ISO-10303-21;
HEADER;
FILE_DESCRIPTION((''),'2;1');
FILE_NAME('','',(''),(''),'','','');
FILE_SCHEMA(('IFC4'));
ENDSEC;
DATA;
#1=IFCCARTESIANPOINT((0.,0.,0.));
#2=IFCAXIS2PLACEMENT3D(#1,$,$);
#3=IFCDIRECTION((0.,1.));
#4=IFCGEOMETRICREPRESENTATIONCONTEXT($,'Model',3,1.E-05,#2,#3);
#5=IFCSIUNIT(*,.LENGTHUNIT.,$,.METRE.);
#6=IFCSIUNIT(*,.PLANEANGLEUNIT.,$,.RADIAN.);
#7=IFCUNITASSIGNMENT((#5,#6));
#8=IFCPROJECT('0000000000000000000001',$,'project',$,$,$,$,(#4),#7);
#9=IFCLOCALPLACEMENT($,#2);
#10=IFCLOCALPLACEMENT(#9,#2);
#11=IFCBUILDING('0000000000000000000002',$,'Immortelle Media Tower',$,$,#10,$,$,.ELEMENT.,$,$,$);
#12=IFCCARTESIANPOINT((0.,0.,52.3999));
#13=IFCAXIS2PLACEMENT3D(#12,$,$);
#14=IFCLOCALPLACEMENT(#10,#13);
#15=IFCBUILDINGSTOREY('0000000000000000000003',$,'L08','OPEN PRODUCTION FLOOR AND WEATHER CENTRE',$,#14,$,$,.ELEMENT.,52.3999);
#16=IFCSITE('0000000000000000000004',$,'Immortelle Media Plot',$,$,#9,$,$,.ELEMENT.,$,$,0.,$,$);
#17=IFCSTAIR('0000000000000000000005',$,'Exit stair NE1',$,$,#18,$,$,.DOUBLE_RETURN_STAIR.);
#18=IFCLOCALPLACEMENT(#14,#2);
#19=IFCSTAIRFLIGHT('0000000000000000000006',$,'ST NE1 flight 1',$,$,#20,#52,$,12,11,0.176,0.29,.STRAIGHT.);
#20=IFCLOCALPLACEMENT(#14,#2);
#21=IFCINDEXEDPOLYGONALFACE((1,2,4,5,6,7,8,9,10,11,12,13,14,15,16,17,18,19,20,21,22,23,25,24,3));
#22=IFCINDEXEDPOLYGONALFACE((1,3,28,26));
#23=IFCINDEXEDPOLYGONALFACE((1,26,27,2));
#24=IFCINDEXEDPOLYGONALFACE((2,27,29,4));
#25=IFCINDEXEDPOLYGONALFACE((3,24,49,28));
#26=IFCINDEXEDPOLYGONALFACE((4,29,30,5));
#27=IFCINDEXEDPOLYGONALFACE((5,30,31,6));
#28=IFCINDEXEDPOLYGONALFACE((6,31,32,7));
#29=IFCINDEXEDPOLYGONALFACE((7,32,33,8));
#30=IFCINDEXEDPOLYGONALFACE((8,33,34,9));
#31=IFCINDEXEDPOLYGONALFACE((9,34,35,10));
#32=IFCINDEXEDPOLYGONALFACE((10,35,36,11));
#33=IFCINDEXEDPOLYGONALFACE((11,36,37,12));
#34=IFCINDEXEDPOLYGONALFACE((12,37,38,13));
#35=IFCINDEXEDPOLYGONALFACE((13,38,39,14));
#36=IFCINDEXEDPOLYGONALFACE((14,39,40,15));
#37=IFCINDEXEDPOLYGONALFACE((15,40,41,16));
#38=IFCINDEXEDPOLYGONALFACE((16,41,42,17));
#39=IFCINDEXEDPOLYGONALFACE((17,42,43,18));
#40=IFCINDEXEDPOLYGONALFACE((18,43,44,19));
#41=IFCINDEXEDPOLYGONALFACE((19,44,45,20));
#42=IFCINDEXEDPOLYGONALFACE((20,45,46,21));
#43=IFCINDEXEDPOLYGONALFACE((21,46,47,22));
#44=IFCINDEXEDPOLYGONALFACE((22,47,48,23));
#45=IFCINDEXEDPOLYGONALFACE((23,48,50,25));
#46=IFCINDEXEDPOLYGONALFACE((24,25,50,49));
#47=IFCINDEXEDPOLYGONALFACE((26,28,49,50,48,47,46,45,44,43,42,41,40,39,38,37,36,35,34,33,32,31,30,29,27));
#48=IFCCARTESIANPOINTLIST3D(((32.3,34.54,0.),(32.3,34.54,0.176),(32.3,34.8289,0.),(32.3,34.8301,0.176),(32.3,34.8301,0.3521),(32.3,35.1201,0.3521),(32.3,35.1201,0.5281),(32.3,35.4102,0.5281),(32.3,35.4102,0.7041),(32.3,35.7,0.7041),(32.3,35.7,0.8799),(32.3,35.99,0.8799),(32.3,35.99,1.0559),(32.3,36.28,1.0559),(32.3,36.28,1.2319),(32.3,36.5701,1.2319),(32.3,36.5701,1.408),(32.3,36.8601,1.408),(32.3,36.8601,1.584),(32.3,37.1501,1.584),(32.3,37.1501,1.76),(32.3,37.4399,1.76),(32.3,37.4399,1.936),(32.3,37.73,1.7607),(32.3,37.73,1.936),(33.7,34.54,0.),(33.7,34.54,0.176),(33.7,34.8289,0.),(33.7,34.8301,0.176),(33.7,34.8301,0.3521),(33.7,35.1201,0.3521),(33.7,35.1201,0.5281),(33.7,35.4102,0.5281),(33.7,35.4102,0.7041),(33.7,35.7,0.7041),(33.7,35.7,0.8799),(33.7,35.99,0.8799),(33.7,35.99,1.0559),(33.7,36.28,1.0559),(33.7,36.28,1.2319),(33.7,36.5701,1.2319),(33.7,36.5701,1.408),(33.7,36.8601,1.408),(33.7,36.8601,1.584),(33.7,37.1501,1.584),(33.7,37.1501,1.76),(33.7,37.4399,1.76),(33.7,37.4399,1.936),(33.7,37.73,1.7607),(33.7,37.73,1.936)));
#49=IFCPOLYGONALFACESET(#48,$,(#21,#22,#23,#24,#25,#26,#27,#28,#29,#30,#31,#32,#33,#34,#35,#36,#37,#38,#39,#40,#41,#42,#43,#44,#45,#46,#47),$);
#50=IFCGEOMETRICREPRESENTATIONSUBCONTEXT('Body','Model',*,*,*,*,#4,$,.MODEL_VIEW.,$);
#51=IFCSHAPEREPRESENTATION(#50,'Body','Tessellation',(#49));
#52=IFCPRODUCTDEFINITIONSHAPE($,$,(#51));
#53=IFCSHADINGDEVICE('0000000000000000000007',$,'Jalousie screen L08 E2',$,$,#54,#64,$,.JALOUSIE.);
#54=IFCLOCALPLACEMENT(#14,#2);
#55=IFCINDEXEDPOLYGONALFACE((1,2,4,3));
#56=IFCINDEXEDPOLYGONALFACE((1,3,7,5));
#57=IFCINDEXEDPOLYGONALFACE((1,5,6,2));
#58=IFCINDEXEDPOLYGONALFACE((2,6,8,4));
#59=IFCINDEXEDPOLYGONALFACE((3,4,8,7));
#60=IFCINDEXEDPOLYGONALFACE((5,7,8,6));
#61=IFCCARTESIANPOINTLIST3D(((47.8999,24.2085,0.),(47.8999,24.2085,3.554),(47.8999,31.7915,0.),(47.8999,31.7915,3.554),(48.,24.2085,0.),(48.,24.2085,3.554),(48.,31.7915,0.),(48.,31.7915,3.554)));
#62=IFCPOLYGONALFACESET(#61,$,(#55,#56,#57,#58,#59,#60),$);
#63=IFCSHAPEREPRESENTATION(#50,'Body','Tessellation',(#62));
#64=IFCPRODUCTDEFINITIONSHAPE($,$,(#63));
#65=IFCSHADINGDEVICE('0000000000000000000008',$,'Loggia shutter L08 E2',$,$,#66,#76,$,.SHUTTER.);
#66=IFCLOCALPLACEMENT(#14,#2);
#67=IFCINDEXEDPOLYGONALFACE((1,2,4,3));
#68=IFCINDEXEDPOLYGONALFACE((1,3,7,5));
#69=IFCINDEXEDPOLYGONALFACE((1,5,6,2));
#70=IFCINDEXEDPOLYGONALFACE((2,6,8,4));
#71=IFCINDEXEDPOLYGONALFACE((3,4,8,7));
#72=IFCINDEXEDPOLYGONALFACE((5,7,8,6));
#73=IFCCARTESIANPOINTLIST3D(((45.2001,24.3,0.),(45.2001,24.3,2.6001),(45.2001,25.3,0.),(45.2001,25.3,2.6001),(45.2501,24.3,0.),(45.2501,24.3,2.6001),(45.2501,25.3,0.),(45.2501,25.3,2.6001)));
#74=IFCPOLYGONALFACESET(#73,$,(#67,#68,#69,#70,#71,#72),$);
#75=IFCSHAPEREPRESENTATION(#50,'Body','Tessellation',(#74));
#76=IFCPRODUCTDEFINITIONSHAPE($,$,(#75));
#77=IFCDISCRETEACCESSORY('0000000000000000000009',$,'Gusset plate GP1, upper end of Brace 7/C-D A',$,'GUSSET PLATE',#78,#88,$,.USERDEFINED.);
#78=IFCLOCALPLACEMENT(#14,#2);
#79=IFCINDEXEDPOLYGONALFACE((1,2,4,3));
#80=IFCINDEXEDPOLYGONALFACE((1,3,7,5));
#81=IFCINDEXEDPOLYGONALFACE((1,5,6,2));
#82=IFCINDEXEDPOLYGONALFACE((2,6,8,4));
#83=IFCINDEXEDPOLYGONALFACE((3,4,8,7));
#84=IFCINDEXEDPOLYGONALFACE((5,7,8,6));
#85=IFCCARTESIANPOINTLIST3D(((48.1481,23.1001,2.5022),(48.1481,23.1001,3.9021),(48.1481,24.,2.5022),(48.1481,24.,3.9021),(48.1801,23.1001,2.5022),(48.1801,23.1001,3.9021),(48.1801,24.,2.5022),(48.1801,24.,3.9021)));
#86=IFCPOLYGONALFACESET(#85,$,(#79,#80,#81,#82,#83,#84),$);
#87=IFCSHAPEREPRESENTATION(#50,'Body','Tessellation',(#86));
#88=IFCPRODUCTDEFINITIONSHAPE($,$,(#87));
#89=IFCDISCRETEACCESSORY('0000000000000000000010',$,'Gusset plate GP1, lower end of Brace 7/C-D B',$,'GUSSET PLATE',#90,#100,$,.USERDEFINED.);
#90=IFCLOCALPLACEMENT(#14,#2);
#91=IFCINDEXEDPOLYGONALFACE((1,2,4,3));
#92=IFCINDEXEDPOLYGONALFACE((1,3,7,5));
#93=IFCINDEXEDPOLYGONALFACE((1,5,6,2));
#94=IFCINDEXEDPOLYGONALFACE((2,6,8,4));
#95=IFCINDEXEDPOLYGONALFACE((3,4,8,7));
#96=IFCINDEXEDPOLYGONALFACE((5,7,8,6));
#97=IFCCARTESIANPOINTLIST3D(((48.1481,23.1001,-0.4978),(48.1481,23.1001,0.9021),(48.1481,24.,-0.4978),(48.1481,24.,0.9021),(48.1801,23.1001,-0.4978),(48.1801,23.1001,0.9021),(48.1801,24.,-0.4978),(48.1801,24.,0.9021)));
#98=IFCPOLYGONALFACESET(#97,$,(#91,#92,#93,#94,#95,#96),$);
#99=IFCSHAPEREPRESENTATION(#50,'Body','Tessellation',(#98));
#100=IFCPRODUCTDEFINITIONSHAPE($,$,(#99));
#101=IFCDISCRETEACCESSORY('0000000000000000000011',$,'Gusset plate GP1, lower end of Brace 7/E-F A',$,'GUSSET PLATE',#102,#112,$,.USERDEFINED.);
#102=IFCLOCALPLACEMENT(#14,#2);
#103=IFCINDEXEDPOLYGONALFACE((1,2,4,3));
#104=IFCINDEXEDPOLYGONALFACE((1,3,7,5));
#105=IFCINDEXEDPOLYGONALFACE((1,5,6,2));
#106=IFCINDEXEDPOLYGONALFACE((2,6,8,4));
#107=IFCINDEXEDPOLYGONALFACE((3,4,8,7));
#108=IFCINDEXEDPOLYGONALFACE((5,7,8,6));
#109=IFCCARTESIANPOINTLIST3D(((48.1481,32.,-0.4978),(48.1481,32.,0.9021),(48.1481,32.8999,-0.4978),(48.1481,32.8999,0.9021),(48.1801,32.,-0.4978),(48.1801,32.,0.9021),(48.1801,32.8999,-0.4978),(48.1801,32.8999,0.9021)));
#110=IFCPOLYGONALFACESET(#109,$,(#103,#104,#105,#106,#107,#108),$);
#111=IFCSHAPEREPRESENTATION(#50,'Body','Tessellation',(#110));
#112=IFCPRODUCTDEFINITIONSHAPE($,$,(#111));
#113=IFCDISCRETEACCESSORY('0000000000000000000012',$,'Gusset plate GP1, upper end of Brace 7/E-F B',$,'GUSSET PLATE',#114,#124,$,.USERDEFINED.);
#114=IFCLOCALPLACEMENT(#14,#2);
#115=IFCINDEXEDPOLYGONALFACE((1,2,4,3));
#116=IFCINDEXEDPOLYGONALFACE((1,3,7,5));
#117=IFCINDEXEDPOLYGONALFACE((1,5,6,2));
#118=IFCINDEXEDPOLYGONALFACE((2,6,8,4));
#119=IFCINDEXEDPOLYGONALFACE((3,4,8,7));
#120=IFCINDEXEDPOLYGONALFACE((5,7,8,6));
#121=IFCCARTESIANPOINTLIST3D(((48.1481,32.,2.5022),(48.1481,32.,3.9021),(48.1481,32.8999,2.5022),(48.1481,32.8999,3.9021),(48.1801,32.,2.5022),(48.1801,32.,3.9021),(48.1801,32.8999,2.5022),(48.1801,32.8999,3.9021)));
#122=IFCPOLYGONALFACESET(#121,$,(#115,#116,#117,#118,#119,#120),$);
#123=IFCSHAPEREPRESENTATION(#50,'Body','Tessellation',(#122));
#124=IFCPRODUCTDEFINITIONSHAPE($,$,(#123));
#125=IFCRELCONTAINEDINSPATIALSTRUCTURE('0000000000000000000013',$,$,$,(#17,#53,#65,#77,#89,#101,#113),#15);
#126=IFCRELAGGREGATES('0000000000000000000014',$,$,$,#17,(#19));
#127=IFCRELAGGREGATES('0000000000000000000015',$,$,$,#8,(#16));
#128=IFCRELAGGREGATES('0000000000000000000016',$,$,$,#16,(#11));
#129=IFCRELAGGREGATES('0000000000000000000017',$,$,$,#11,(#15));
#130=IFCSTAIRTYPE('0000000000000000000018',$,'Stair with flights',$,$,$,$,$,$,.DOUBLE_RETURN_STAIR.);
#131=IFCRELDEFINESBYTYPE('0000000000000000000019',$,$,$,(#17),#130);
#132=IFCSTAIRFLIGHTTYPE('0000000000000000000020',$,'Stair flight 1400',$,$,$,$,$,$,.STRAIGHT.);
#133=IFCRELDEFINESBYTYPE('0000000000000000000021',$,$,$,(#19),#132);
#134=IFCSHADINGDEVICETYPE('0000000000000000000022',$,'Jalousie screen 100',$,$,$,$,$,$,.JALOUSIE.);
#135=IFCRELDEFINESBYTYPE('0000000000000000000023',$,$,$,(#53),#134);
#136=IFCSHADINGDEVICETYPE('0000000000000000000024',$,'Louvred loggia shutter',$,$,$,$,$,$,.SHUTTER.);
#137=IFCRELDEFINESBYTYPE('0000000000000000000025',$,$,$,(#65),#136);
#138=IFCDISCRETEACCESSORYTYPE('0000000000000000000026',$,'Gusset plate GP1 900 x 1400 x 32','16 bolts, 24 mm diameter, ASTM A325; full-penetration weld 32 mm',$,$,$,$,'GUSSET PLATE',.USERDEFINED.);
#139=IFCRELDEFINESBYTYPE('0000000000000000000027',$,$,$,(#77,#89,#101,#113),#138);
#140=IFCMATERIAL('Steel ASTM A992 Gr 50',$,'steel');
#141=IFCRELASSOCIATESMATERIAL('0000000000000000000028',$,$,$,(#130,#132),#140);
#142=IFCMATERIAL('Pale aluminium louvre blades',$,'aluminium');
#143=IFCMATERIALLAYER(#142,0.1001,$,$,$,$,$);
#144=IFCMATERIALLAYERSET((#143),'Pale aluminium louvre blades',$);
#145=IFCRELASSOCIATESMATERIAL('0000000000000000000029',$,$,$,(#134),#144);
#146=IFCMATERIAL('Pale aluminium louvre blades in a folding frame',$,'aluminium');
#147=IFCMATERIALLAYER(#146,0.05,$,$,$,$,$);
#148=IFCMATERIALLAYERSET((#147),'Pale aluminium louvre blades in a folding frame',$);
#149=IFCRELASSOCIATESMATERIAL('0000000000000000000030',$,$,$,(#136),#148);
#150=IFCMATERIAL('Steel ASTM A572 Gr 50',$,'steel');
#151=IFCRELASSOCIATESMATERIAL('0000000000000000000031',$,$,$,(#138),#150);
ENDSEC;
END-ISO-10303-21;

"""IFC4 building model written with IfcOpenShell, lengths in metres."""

from ifc_helpers import new_model, si_unit, direction, frame, origin, origin_2d, place, context, subcontext, project, spatial, polyline, rectangle, outline, extrude, material, layer, layer_set, material_profile, profile_set, type_object, element, aggregate, save


model = new_model("IFC4")

# Units and contexts
model_context = context("Model", 3, precision=1e-05, world=origin(), true_north=direction((0.0, 1.0)))
body_context = subcontext(model_context, "Body", "Model", "MODEL_VIEW")
ifc_project = project(units=[si_unit("LENGTHUNIT", "METRE"), si_unit("PLANEANGLEUNIT", "RADIAN")], contexts=[model_context])

# Site, building, storey
site_placement = place(None, origin())
site = spatial("IfcSite", under=ifc_project, at=site_placement, Name="Immortelle Media Plot", CompositionType="ELEMENT", RefElevation=0.0)
building_placement = place(site_placement, origin())
building = spatial("IfcBuilding", under=site, at=building_placement, Name="Immortelle Media Tower", CompositionType="ELEMENT")
storey_placement = place(building_placement, frame((0.0, 0.0, 52.3999)))
storey = spatial("IfcBuildingStorey", under=building, at=storey_placement, Name="L08", Description="OPEN PRODUCTION FLOOR AND WEATHER CENTRE", CompositionType="ELEMENT", Elevation=52.3999)

# Shared definitions
ifc_material_1 = material(Name="Steel ASTM A992 Gr 50", Category="steel")

# Stair, stair flight
stair_type = type_object("IfcStairType", Name="Stair with flights", PredefinedType="DOUBLE_RETURN_STAIR", material=ifc_material_1)
stair_placement = place(storey_placement, origin())
stair = element("IfcStair", 1, at=stair_placement, inside=storey, type_object=stair_type, Name="Exit stair NE1", PredefinedType="DOUBLE_RETURN_STAIR")
stair_flight_type = type_object("IfcStairFlightType", Name="Stair flight 1400", PredefinedType="STRAIGHT", material=ifc_material_1)
stair_flight_placement = place(storey_placement, frame((33.0, 34.54, 0.0), z_axis=(0.0, 0.0, 1.0), x_axis=(0.0, 1.0, 0.0)))
stair_flight = element("IfcStairFlight", 2, at=stair_flight_placement, type_object=stair_flight_type, Name="ST NE1 flight 1", NumberOfRisers=12, NumberOfTreads=11, PredefinedType="STRAIGHT", RiserHeight=0.176, TreadLength=0.29, context=body_context, shape_type="SweptSolid", body=[
    extrude(outline(polyline([(0.0, 0.0), (0.0, 0.176), (0.29, 0.176), (0.29, 0.3521), (0.5801, 0.3521), (0.5801, 0.5281), (0.8701, 0.5281), (0.8701, 0.7041), (1.1599, 0.7041), (1.1599, 0.8799), (1.45, 0.8799), (1.45, 1.0559), (1.74, 1.0559), (1.74, 1.2319), (2.03, 1.2319), (2.03, 1.408), (2.3201, 1.408), (2.3201, 1.584), (2.6101, 1.584), (2.6101, 1.76), (2.8999, 1.76), (2.8999, 1.936), (3.1899, 1.936), (3.1899, 2.1121), (3.1899, 1.7607), (0.2888, 0.0), (0.0, 0.0)])), frame((0.0, 0.7, 0.0), z_axis=(0.0, -1.0, 0.0), x_axis=(1.0, 0.0, 0.0)), (0.0, 0.0, 1.0), 1.3999),
])
aggregate(stair, [stair_flight])

# Shading devices
ifc_material_2 = material(Name="Pale aluminium louvre blades", Category="aluminium")
ifc_layer_1 = layer(ifc_material_2, 0.1001)
ifc_layer_set_1 = layer_set([ifc_layer_1], Name="Pale aluminium louvre blades")
shading_device_type_1 = type_object("IfcShadingDeviceType", Name="Jalousie screen 100", PredefinedType="JALOUSIE", material=ifc_layer_set_1)
shading_device_1_placement = place(storey_placement, frame((47.95, 28.0, 0.0), z_axis=(0.0, 0.0, 1.0), x_axis=(0.0, 1.0, 0.0)))
element("IfcShadingDevice", 3, at=shading_device_1_placement, inside=storey, type_object=shading_device_type_1, Name="Jalousie screen L08 E2", PredefinedType="JALOUSIE", context=body_context, shape_type="SweptSolid", body=[
    extrude(rectangle(XDim=7.583, YDim=0.1001, at=origin_2d()), origin(), (0.0, 0.0, 1.0), 3.554),
])
ifc_material_3 = material(Name="Pale aluminium louvre blades in a folding frame", Category="aluminium")
ifc_layer_2 = layer(ifc_material_3, 0.05)
ifc_layer_set_2 = layer_set([ifc_layer_2], Name="Pale aluminium louvre blades in a folding frame")
shading_device_type_2 = type_object("IfcShadingDeviceType", Name="Louvred loggia shutter", PredefinedType="SHUTTER", material=ifc_layer_set_2)
shading_device_2_placement = place(storey_placement, frame((45.2251, 24.8, 0.0), z_axis=(0.0, 0.0, 1.0), x_axis=(0.0, 1.0, 0.0)))
element("IfcShadingDevice", 4, at=shading_device_2_placement, inside=storey, type_object=shading_device_type_2, Name="Loggia shutter L08 E2", PredefinedType="SHUTTER", context=body_context, shape_type="SweptSolid", body=[
    extrude(rectangle(XDim=1.0, YDim=0.05, at=origin_2d()), origin(), (0.0, 0.0, 1.0), 2.6001),
])

# Discrete accessories
ifc_material_4 = material(Name="Steel ASTM A572 Gr 50", Category="steel")
ifc_material_profile_1 = material_profile(ifc_material_4, rectangle(XDim=0.032, YDim=1.3999, at=origin_2d()), Name="PL 32 x 1400")
ifc_profile_set_1 = profile_set([ifc_material_profile_1], Name="Steel ASTM A572 Gr 50")
discrete_accessory_type = type_object("IfcDiscreteAccessoryType", Name="Gusset plate GP1 900 x 1400 x 32", Description="16 bolts, 24 mm diameter, ASTM A325; full-penetration weld 32 mm", ElementType="GUSSET PLATE", PredefinedType="USERDEFINED", material=ifc_profile_set_1)
for number, where, z_axis, x_axis, name in (
    (5, (48.1641, 24.0, 3.2021), (0.0, -1.0, 0.0), (1.0, 0.0, 0.0), "Gusset plate GP1, upper end of Brace 7/C-D A"),
    (6, (48.1641, 24.0, 0.2021), (0.0, -1.0, 0.0), (1.0, 0.0, 0.0), "Gusset plate GP1, lower end of Brace 7/C-D B"),
    (7, (48.1641, 32.0, 0.2021), (0.0, 1.0, 0.0), (-1.0, 0.0, 0.0), "Gusset plate GP1, lower end of Brace 7/E-F A"),
    (8, (48.1641, 32.0, 3.2021), (0.0, 1.0, 0.0), (-1.0, 0.0, 0.0), "Gusset plate GP1, upper end of Brace 7/E-F B"),
):
    element("IfcDiscreteAccessory", number, at=place(storey_placement, frame(where, z_axis=z_axis, x_axis=x_axis)), inside=storey, type_object=discrete_accessory_type, Name=name, ObjectType="GUSSET PLATE", PredefinedType="USERDEFINED", context=body_context, shape_type="SweptSolid", body=[
        extrude(rectangle(XDim=0.032, YDim=1.3999, at=origin_2d()), origin(), (0.0, 0.0, 1.0), 0.8999),
    ])

save(model, "model.ifc")
